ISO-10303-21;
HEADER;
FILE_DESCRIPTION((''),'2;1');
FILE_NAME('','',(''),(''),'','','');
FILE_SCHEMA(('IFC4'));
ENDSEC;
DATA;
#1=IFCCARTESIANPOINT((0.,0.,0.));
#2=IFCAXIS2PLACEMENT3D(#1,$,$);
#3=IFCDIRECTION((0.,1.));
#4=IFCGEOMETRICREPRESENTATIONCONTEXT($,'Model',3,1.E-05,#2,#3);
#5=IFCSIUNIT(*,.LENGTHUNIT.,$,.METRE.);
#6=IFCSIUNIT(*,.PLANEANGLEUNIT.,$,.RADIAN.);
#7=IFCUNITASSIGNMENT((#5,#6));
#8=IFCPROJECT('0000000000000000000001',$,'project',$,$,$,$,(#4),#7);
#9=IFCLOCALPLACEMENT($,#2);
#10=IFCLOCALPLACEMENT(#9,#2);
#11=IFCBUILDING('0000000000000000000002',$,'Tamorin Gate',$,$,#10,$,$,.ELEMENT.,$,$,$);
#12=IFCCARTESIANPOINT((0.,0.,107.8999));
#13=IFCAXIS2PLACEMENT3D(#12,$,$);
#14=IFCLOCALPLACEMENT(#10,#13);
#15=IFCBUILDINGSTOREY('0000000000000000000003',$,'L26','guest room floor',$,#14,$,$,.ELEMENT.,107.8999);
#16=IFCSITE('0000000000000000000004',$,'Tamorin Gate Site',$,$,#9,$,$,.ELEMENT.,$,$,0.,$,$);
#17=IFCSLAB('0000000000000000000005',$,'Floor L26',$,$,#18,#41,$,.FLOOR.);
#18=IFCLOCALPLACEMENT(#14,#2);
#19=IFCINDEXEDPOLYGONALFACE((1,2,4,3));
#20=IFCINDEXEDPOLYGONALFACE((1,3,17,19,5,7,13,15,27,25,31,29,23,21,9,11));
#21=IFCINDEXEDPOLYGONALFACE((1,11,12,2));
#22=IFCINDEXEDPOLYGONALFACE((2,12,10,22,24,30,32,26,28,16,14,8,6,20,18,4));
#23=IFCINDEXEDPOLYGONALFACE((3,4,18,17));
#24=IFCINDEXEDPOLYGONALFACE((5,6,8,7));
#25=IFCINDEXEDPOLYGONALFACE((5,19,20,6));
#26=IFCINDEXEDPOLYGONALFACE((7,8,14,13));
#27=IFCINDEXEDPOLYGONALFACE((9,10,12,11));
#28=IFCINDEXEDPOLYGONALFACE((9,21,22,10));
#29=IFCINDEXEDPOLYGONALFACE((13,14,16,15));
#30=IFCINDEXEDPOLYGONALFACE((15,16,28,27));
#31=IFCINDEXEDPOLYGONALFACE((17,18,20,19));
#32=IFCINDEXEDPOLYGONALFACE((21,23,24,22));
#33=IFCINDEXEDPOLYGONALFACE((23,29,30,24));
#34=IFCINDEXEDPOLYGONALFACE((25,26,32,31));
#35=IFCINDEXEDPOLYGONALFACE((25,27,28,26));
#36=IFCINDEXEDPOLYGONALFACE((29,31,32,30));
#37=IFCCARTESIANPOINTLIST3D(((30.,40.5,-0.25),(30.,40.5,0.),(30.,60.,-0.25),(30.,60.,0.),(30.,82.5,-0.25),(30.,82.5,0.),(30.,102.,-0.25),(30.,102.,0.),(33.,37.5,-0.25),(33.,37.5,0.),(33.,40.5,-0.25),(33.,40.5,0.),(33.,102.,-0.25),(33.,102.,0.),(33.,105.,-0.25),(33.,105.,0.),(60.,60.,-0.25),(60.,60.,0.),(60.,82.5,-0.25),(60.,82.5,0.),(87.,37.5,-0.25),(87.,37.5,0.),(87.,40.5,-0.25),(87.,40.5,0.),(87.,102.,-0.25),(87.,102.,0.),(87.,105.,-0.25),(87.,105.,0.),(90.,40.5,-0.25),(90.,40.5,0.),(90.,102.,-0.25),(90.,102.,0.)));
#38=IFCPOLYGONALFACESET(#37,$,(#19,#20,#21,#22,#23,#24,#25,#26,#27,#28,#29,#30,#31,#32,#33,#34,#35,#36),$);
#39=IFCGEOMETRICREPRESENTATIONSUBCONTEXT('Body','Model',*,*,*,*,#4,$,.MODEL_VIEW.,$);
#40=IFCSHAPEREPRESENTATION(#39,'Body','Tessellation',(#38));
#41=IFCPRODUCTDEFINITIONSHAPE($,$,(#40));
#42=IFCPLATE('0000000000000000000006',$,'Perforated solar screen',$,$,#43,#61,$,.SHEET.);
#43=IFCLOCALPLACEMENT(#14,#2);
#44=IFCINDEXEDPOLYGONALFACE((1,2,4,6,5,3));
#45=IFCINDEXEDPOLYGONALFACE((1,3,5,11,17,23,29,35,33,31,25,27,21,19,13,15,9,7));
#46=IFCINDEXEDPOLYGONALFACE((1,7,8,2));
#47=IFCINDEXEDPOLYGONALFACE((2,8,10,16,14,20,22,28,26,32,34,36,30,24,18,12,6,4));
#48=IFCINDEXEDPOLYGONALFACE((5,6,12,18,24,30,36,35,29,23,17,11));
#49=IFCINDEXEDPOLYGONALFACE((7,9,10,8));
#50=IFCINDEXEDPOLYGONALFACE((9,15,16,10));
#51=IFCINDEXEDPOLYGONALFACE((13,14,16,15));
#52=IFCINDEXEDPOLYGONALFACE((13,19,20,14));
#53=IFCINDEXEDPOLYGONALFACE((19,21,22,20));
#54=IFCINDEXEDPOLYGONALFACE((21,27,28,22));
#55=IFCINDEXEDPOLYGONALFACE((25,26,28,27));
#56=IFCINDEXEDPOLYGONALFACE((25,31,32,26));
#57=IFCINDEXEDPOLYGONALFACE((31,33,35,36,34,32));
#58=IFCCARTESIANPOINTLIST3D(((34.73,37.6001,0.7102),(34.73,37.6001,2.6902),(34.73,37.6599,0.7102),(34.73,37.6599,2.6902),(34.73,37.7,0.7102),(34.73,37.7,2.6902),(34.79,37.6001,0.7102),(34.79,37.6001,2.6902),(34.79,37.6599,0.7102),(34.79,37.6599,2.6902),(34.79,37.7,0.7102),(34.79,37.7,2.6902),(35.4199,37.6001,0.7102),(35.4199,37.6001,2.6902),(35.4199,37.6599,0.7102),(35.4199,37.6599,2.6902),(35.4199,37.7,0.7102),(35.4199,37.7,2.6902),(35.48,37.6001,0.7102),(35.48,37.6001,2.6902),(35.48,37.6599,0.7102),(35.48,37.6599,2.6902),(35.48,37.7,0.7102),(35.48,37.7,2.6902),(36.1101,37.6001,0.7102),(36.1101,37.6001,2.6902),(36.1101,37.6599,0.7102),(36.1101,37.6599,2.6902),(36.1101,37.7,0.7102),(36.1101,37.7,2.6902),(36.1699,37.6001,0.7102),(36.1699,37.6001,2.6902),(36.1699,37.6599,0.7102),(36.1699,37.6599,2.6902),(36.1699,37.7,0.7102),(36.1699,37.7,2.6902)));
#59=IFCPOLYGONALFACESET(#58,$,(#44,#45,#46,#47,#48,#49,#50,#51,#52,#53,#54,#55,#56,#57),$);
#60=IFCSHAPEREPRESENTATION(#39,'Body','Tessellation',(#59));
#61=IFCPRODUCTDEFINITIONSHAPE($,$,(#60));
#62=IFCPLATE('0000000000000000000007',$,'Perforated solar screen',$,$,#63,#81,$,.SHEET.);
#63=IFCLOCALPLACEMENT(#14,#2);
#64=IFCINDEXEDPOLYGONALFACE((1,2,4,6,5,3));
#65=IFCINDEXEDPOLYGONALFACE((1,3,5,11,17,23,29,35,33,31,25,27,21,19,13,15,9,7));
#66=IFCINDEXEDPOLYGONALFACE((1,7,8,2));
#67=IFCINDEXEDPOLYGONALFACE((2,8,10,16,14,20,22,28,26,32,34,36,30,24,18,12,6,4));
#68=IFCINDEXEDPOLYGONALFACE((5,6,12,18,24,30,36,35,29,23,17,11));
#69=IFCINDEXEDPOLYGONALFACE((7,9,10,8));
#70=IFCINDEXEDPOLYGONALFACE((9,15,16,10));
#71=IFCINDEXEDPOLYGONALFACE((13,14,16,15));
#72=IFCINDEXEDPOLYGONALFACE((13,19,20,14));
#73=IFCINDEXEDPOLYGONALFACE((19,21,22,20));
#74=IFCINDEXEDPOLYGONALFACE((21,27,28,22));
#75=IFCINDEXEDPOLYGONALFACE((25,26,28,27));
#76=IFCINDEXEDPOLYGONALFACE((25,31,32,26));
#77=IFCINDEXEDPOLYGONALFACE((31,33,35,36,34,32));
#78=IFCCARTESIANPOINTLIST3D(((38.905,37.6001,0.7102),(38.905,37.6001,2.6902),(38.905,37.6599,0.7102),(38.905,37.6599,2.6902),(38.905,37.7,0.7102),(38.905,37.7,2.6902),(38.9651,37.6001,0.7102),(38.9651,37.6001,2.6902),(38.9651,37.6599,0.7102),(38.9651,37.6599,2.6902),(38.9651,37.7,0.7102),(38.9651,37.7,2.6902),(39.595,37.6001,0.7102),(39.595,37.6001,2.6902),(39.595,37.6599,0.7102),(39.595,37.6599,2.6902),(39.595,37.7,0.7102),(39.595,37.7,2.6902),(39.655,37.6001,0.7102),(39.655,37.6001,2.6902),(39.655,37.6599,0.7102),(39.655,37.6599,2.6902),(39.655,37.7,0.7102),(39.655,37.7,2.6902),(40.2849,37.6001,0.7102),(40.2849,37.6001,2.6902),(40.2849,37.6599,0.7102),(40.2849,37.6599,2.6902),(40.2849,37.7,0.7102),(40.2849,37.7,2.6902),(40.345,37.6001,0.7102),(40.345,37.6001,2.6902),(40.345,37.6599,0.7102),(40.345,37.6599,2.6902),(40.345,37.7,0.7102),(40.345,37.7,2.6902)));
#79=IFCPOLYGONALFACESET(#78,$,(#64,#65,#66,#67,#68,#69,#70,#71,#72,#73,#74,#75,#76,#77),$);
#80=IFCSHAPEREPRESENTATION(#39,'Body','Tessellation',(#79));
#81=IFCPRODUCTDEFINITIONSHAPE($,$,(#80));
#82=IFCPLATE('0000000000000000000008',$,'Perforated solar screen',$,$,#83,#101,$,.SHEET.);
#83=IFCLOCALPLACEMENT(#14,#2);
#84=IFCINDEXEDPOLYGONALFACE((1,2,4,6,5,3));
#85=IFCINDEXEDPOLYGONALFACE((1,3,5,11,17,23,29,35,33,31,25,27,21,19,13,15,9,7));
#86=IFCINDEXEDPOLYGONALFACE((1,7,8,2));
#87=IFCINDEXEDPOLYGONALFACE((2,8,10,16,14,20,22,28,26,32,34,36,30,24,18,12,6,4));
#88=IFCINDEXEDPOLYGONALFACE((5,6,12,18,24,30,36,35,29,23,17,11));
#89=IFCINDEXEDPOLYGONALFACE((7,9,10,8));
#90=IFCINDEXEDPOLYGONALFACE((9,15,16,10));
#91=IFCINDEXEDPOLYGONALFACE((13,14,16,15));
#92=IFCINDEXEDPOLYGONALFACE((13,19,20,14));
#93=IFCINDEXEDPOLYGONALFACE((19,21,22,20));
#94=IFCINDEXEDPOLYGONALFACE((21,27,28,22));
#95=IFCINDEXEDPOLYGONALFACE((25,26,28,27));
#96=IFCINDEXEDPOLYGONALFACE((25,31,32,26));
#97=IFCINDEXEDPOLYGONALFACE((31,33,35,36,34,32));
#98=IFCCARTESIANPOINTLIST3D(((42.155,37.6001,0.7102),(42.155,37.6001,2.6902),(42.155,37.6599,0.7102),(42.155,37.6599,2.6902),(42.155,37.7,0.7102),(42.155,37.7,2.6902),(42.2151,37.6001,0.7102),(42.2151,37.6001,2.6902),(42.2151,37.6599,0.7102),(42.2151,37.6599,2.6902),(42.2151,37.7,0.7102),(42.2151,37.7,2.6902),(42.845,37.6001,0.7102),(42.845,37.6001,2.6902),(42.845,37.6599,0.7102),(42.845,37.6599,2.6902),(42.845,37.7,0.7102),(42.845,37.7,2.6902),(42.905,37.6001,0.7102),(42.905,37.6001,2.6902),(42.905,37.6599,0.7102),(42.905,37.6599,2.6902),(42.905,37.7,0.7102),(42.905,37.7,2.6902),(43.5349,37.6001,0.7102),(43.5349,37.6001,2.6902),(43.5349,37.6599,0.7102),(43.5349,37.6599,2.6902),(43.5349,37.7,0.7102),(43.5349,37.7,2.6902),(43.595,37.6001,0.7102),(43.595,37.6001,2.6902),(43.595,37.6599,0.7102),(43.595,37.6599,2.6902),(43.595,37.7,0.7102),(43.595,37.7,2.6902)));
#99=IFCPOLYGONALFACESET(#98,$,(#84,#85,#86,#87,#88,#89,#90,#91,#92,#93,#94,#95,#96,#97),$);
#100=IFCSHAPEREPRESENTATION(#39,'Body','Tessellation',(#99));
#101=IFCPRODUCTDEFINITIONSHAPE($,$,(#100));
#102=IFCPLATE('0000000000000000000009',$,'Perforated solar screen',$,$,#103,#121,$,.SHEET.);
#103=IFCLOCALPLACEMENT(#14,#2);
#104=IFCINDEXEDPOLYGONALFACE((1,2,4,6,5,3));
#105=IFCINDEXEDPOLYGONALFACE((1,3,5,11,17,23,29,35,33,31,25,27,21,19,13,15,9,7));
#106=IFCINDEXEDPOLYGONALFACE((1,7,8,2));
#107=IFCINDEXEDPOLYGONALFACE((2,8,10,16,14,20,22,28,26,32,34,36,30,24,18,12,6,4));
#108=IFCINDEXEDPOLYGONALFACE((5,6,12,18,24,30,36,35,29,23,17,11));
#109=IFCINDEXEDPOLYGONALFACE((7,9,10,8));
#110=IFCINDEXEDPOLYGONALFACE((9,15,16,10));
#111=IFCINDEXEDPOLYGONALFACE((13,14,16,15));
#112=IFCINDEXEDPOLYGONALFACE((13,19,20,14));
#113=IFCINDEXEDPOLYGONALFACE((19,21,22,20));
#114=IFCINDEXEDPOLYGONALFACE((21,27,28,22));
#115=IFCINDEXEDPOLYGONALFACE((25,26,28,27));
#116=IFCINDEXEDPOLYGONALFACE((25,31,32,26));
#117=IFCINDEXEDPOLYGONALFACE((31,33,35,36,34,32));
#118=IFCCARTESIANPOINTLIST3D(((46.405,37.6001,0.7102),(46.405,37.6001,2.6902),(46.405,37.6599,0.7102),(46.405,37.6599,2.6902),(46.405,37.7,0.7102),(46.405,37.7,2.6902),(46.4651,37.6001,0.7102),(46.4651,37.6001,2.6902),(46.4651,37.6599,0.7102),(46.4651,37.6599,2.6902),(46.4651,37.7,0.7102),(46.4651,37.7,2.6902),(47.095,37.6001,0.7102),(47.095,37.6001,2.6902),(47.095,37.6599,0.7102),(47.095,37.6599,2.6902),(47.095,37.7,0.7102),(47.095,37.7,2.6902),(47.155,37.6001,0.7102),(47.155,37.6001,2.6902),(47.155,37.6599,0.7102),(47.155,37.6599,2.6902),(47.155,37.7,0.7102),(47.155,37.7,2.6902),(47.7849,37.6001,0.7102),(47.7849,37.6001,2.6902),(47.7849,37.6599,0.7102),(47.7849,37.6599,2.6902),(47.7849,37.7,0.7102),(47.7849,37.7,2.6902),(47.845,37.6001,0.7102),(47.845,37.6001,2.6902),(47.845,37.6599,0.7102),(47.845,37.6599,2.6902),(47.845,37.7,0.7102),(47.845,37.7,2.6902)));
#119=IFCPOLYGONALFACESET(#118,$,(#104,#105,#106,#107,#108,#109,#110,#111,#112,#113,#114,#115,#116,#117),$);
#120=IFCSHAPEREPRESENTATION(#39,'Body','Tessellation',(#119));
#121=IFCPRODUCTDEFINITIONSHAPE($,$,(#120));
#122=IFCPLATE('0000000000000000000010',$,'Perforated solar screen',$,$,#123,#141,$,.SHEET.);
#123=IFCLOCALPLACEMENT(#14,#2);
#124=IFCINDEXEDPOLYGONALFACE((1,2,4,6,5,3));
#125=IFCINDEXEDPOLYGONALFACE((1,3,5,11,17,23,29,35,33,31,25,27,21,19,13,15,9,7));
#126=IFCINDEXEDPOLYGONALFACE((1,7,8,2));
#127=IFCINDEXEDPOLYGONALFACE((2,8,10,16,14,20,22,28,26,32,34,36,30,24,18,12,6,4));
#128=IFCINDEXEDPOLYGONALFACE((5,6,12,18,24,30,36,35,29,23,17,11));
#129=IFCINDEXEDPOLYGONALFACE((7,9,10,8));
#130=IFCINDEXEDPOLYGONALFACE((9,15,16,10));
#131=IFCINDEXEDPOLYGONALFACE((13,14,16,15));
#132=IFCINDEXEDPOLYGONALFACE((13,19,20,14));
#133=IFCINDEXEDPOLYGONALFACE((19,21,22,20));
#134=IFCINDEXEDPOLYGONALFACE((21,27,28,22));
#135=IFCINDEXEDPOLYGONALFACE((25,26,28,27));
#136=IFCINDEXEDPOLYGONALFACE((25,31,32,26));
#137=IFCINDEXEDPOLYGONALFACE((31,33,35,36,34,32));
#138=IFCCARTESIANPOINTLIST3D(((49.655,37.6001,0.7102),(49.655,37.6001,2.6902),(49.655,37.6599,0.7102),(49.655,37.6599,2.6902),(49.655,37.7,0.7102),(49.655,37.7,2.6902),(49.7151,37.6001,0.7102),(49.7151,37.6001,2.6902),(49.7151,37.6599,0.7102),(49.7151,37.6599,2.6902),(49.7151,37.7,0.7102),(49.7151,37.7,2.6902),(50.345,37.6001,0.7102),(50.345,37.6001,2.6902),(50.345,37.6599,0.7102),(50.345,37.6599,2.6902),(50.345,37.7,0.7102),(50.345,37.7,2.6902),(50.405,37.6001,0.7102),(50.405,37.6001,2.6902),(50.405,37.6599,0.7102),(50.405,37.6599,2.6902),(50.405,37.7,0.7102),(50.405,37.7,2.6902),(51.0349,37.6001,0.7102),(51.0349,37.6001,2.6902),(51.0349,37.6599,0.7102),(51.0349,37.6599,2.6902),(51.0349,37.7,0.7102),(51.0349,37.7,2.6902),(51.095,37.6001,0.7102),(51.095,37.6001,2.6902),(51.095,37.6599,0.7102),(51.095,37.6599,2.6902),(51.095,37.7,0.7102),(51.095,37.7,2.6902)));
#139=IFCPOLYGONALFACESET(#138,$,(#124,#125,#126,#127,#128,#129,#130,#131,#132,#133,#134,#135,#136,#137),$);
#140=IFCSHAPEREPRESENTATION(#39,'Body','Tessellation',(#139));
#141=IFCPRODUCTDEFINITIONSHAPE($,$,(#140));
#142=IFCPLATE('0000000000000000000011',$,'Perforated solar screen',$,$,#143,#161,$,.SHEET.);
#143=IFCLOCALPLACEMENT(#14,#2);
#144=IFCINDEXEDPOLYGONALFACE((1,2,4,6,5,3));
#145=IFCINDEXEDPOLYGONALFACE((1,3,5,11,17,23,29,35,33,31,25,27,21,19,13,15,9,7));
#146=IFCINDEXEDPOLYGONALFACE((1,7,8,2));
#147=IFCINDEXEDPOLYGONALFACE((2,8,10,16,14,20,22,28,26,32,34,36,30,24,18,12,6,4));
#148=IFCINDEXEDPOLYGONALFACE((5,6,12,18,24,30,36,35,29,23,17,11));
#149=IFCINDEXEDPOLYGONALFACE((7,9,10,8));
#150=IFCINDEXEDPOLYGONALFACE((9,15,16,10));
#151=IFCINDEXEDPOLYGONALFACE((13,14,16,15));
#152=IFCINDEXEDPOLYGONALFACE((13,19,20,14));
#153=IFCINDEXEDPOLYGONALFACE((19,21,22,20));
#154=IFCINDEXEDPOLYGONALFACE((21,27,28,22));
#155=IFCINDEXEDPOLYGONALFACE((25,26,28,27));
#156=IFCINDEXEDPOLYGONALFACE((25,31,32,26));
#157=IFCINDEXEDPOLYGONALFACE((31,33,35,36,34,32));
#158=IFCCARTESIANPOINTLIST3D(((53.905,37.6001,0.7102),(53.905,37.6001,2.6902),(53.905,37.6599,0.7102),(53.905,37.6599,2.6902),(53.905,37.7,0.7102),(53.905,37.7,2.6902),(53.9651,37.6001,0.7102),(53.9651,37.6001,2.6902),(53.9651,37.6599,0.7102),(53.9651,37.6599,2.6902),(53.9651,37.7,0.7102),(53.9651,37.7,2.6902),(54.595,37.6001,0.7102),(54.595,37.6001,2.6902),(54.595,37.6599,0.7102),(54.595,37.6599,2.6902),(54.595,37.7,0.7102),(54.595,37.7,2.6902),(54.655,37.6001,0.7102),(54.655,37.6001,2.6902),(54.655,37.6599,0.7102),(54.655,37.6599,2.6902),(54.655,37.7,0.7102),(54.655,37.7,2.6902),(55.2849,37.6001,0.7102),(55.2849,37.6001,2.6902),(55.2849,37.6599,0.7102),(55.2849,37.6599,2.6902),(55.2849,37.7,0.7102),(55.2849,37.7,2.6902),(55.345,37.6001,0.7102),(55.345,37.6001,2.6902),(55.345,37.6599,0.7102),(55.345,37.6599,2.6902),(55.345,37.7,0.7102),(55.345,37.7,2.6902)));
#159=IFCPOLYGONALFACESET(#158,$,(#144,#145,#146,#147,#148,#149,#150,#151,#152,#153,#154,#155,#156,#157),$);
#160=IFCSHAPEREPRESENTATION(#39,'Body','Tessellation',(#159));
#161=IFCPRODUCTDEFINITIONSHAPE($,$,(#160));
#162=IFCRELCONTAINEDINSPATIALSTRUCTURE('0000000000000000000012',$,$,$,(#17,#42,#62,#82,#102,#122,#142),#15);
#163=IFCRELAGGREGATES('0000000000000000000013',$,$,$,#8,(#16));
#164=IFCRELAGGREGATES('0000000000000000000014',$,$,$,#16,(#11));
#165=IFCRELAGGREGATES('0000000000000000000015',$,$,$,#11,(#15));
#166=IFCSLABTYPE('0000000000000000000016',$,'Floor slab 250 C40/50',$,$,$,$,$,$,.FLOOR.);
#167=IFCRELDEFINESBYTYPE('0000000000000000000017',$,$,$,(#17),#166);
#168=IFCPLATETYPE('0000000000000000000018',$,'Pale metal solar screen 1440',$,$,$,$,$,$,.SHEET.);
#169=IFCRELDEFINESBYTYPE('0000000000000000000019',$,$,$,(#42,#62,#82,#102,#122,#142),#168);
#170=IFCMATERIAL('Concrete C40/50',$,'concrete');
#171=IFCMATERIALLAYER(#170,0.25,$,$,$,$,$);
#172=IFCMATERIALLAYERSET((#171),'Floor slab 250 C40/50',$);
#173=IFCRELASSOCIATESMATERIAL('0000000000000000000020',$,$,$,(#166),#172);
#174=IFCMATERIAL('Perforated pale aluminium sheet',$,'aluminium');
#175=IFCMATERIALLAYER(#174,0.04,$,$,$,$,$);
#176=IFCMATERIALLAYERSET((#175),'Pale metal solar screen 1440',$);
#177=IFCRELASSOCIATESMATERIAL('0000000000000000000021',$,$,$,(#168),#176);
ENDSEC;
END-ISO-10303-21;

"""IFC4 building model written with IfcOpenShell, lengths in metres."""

from ifc_helpers import new_model, si_unit, direction, frame, origin, place, context, subcontext, project, spatial, polyline, outline, extrude, material, layer, layer_set, type_object, element, save


model = new_model("IFC4")

# Units and contexts
model_context = context("Model", 3, precision=1e-05, world=origin(), true_north=direction((0.0, 1.0)))
body_context = subcontext(model_context, "Body", "Model", "MODEL_VIEW")
ifc_project = project(units=[si_unit("LENGTHUNIT", "METRE"), si_unit("PLANEANGLEUNIT", "RADIAN")], contexts=[model_context])

# Site, building, storey
site_placement = place(None, origin())
site = spatial("IfcSite", under=ifc_project, at=site_placement, Name="Tamorin Gate Site", CompositionType="ELEMENT", RefElevation=0.0)
building_placement = place(site_placement, origin())
building = spatial("IfcBuilding", under=site, at=building_placement, Name="Tamorin Gate", CompositionType="ELEMENT")
storey_placement = place(building_placement, frame((0.0, 0.0, 107.8999)))
storey = spatial("IfcBuildingStorey", under=building, at=storey_placement, Name="L26", Description="guest room floor", CompositionType="ELEMENT", Elevation=107.8999)

# Slab
ifc_material_1 = material(Name="Concrete C40/50", Category="concrete")
ifc_layer_1 = layer(ifc_material_1, 0.25)
ifc_layer_set_1 = layer_set([ifc_layer_1], Name="Floor slab 250 C40/50")
slab_type = type_object("IfcSlabType", Name="Floor slab 250 C40/50", PredefinedType="FLOOR", material=ifc_layer_set_1)
slab_placement = place(storey_placement, frame((0.0, 0.0, -0.25)))
element("IfcSlab", 1, at=slab_placement, inside=storey, type_object=slab_type, Name="Floor L26", PredefinedType="FLOOR", context=body_context, shape_type="SweptSolid", body=[
    extrude(outline(polyline([(30.0, 102.0), (33.0, 102.0), (33.0, 105.0), (87.0, 105.0), (87.0, 102.0), (90.0, 102.0), (90.0, 40.5), (87.0, 40.5), (87.0, 37.5), (33.0, 37.5), (33.0, 40.5), (30.0, 40.5), (30.0, 60.0), (60.0, 60.0), (60.0, 82.5), (30.0, 82.5), (30.0, 102.0)])), origin(), (0.0, 0.0, 1.0), 0.25),
])

# Plates
ifc_material_2 = material(Name="Perforated pale aluminium sheet", Category="aluminium")
ifc_layer_2 = layer(ifc_material_2, 0.04)
ifc_layer_set_2 = layer_set([ifc_layer_2], Name="Pale metal solar screen 1440")
plate_type = type_object("IfcPlateType", Name="Pale metal solar screen 1440", PredefinedType="SHEET", material=ifc_layer_set_2)
plate_1_placement = place(storey_placement, frame((0.0, 0.0, 0.7102)))
element("IfcPlate", 2, at=plate_1_placement, inside=storey, type_object=plate_type, Name="Perforated solar screen", PredefinedType="SHEET", context=body_context, shape_type="SweptSolid", body=[
    extrude(outline(polyline([(34.73, 37.6599), (34.73, 37.7), (34.79, 37.7), (35.4199, 37.7), (35.48, 37.7), (36.1101, 37.7), (36.1699, 37.7), (36.1699, 37.6599), (36.1699, 37.6001), (36.1101, 37.6001), (36.1101, 37.6599), (35.48, 37.6599), (35.48, 37.6001), (35.4199, 37.6001), (35.4199, 37.6599), (34.79, 37.6599), (34.79, 37.6001), (34.73, 37.6001), (34.73, 37.6599)])), origin(), (0.0, 0.0, 1.0), 1.98),
])
plate_2_placement = place(storey_placement, frame((0.0, 0.0, 0.7102)))
element("IfcPlate", 3, at=plate_2_placement, inside=storey, type_object=plate_type, Name="Perforated solar screen", PredefinedType="SHEET", context=body_context, shape_type="SweptSolid", body=[
    extrude(outline(polyline([(38.905, 37.6599), (38.905, 37.7), (38.9651, 37.7), (39.595, 37.7), (39.655, 37.7), (40.2849, 37.7), (40.345, 37.7), (40.345, 37.7), (40.345, 37.6599), (40.345, 37.6599), (40.345, 37.6001), (40.2849, 37.6001), (40.2849, 37.6599), (39.655, 37.6599), (39.655, 37.6001), (39.595, 37.6001), (39.595, 37.6599), (38.9651, 37.6599), (38.9651, 37.6001), (38.905, 37.6001), (38.905, 37.6599)])), origin(), (0.0, 0.0, 1.0), 1.98),
])
plate_3_placement = place(storey_placement, frame((0.0, 0.0, 0.7102)))
element("IfcPlate", 4, at=plate_3_placement, inside=storey, type_object=plate_type, Name="Perforated solar screen", PredefinedType="SHEET", context=body_context, shape_type="SweptSolid", body=[
    extrude(outline(polyline([(42.155, 37.6599), (42.155, 37.7), (42.2151, 37.7), (42.845, 37.7), (42.905, 37.7), (43.5349, 37.7), (43.595, 37.7), (43.595, 37.6599), (43.595, 37.6001), (43.5349, 37.6001), (43.5349, 37.6599), (42.905, 37.6599), (42.905, 37.6001), (42.845, 37.6001), (42.845, 37.6599), (42.2151, 37.6599), (42.2151, 37.6001), (42.155, 37.6001), (42.155, 37.6599)])), origin(), (0.0, 0.0, 1.0), 1.98),
])
plate_4_placement = place(storey_placement, frame((0.0, 0.0, 0.7102)))
element("IfcPlate", 5, at=plate_4_placement, inside=storey, type_object=plate_type, Name="Perforated solar screen", PredefinedType="SHEET", context=body_context, shape_type="SweptSolid", body=[
    extrude(outline(polyline([(46.405, 37.6599), (46.405, 37.7), (46.4651, 37.7), (47.095, 37.7), (47.155, 37.7), (47.7849, 37.7), (47.845, 37.7), (47.845, 37.6599), (47.845, 37.6001), (47.7849, 37.6001), (47.7849, 37.6599), (47.155, 37.6599), (47.155, 37.6001), (47.095, 37.6001), (47.095, 37.6599), (46.4651, 37.6599), (46.4651, 37.6001), (46.405, 37.6001), (46.405, 37.6599)])), origin(), (0.0, 0.0, 1.0), 1.98),
])
plate_5_placement = place(storey_placement, frame((0.0, 0.0, 0.7102)))
element("IfcPlate", 6, at=plate_5_placement, inside=storey, type_object=plate_type, Name="Perforated solar screen", PredefinedType="SHEET", context=body_context, shape_type="SweptSolid", body=[
    extrude(outline(polyline([(49.655, 37.6599), (49.655, 37.7), (49.7151, 37.7), (50.345, 37.7), (50.405, 37.7), (51.0349, 37.7), (51.095, 37.7), (51.095, 37.6599), (51.095, 37.6001), (51.0349, 37.6001), (51.0349, 37.6599), (50.405, 37.6599), (50.405, 37.6001), (50.345, 37.6001), (50.345, 37.6599), (49.7151, 37.6599), (49.7151, 37.6001), (49.655, 37.6001), (49.655, 37.6599)])), origin(), (0.0, 0.0, 1.0), 1.98),
])
plate_6_placement = place(storey_placement, frame((0.0, 0.0, 0.7102)))
element("IfcPlate", 7, at=plate_6_placement, inside=storey, type_object=plate_type, Name="Perforated solar screen", PredefinedType="SHEET", context=body_context, shape_type="SweptSolid", body=[
    extrude(outline(polyline([(53.905, 37.6599), (53.905, 37.7), (53.9651, 37.7), (54.595, 37.7), (54.655, 37.7), (55.2849, 37.7), (55.345, 37.7), (55.345, 37.6599), (55.345, 37.6001), (55.2849, 37.6001), (55.2849, 37.6599), (54.655, 37.6599), (54.655, 37.6001), (54.595, 37.6001), (54.595, 37.6599), (53.9651, 37.6599), (53.9651, 37.6001), (53.905, 37.6001), (53.905, 37.6599)])), origin(), (0.0, 0.0, 1.0), 1.98),
])

save(model, "model.ifc")
